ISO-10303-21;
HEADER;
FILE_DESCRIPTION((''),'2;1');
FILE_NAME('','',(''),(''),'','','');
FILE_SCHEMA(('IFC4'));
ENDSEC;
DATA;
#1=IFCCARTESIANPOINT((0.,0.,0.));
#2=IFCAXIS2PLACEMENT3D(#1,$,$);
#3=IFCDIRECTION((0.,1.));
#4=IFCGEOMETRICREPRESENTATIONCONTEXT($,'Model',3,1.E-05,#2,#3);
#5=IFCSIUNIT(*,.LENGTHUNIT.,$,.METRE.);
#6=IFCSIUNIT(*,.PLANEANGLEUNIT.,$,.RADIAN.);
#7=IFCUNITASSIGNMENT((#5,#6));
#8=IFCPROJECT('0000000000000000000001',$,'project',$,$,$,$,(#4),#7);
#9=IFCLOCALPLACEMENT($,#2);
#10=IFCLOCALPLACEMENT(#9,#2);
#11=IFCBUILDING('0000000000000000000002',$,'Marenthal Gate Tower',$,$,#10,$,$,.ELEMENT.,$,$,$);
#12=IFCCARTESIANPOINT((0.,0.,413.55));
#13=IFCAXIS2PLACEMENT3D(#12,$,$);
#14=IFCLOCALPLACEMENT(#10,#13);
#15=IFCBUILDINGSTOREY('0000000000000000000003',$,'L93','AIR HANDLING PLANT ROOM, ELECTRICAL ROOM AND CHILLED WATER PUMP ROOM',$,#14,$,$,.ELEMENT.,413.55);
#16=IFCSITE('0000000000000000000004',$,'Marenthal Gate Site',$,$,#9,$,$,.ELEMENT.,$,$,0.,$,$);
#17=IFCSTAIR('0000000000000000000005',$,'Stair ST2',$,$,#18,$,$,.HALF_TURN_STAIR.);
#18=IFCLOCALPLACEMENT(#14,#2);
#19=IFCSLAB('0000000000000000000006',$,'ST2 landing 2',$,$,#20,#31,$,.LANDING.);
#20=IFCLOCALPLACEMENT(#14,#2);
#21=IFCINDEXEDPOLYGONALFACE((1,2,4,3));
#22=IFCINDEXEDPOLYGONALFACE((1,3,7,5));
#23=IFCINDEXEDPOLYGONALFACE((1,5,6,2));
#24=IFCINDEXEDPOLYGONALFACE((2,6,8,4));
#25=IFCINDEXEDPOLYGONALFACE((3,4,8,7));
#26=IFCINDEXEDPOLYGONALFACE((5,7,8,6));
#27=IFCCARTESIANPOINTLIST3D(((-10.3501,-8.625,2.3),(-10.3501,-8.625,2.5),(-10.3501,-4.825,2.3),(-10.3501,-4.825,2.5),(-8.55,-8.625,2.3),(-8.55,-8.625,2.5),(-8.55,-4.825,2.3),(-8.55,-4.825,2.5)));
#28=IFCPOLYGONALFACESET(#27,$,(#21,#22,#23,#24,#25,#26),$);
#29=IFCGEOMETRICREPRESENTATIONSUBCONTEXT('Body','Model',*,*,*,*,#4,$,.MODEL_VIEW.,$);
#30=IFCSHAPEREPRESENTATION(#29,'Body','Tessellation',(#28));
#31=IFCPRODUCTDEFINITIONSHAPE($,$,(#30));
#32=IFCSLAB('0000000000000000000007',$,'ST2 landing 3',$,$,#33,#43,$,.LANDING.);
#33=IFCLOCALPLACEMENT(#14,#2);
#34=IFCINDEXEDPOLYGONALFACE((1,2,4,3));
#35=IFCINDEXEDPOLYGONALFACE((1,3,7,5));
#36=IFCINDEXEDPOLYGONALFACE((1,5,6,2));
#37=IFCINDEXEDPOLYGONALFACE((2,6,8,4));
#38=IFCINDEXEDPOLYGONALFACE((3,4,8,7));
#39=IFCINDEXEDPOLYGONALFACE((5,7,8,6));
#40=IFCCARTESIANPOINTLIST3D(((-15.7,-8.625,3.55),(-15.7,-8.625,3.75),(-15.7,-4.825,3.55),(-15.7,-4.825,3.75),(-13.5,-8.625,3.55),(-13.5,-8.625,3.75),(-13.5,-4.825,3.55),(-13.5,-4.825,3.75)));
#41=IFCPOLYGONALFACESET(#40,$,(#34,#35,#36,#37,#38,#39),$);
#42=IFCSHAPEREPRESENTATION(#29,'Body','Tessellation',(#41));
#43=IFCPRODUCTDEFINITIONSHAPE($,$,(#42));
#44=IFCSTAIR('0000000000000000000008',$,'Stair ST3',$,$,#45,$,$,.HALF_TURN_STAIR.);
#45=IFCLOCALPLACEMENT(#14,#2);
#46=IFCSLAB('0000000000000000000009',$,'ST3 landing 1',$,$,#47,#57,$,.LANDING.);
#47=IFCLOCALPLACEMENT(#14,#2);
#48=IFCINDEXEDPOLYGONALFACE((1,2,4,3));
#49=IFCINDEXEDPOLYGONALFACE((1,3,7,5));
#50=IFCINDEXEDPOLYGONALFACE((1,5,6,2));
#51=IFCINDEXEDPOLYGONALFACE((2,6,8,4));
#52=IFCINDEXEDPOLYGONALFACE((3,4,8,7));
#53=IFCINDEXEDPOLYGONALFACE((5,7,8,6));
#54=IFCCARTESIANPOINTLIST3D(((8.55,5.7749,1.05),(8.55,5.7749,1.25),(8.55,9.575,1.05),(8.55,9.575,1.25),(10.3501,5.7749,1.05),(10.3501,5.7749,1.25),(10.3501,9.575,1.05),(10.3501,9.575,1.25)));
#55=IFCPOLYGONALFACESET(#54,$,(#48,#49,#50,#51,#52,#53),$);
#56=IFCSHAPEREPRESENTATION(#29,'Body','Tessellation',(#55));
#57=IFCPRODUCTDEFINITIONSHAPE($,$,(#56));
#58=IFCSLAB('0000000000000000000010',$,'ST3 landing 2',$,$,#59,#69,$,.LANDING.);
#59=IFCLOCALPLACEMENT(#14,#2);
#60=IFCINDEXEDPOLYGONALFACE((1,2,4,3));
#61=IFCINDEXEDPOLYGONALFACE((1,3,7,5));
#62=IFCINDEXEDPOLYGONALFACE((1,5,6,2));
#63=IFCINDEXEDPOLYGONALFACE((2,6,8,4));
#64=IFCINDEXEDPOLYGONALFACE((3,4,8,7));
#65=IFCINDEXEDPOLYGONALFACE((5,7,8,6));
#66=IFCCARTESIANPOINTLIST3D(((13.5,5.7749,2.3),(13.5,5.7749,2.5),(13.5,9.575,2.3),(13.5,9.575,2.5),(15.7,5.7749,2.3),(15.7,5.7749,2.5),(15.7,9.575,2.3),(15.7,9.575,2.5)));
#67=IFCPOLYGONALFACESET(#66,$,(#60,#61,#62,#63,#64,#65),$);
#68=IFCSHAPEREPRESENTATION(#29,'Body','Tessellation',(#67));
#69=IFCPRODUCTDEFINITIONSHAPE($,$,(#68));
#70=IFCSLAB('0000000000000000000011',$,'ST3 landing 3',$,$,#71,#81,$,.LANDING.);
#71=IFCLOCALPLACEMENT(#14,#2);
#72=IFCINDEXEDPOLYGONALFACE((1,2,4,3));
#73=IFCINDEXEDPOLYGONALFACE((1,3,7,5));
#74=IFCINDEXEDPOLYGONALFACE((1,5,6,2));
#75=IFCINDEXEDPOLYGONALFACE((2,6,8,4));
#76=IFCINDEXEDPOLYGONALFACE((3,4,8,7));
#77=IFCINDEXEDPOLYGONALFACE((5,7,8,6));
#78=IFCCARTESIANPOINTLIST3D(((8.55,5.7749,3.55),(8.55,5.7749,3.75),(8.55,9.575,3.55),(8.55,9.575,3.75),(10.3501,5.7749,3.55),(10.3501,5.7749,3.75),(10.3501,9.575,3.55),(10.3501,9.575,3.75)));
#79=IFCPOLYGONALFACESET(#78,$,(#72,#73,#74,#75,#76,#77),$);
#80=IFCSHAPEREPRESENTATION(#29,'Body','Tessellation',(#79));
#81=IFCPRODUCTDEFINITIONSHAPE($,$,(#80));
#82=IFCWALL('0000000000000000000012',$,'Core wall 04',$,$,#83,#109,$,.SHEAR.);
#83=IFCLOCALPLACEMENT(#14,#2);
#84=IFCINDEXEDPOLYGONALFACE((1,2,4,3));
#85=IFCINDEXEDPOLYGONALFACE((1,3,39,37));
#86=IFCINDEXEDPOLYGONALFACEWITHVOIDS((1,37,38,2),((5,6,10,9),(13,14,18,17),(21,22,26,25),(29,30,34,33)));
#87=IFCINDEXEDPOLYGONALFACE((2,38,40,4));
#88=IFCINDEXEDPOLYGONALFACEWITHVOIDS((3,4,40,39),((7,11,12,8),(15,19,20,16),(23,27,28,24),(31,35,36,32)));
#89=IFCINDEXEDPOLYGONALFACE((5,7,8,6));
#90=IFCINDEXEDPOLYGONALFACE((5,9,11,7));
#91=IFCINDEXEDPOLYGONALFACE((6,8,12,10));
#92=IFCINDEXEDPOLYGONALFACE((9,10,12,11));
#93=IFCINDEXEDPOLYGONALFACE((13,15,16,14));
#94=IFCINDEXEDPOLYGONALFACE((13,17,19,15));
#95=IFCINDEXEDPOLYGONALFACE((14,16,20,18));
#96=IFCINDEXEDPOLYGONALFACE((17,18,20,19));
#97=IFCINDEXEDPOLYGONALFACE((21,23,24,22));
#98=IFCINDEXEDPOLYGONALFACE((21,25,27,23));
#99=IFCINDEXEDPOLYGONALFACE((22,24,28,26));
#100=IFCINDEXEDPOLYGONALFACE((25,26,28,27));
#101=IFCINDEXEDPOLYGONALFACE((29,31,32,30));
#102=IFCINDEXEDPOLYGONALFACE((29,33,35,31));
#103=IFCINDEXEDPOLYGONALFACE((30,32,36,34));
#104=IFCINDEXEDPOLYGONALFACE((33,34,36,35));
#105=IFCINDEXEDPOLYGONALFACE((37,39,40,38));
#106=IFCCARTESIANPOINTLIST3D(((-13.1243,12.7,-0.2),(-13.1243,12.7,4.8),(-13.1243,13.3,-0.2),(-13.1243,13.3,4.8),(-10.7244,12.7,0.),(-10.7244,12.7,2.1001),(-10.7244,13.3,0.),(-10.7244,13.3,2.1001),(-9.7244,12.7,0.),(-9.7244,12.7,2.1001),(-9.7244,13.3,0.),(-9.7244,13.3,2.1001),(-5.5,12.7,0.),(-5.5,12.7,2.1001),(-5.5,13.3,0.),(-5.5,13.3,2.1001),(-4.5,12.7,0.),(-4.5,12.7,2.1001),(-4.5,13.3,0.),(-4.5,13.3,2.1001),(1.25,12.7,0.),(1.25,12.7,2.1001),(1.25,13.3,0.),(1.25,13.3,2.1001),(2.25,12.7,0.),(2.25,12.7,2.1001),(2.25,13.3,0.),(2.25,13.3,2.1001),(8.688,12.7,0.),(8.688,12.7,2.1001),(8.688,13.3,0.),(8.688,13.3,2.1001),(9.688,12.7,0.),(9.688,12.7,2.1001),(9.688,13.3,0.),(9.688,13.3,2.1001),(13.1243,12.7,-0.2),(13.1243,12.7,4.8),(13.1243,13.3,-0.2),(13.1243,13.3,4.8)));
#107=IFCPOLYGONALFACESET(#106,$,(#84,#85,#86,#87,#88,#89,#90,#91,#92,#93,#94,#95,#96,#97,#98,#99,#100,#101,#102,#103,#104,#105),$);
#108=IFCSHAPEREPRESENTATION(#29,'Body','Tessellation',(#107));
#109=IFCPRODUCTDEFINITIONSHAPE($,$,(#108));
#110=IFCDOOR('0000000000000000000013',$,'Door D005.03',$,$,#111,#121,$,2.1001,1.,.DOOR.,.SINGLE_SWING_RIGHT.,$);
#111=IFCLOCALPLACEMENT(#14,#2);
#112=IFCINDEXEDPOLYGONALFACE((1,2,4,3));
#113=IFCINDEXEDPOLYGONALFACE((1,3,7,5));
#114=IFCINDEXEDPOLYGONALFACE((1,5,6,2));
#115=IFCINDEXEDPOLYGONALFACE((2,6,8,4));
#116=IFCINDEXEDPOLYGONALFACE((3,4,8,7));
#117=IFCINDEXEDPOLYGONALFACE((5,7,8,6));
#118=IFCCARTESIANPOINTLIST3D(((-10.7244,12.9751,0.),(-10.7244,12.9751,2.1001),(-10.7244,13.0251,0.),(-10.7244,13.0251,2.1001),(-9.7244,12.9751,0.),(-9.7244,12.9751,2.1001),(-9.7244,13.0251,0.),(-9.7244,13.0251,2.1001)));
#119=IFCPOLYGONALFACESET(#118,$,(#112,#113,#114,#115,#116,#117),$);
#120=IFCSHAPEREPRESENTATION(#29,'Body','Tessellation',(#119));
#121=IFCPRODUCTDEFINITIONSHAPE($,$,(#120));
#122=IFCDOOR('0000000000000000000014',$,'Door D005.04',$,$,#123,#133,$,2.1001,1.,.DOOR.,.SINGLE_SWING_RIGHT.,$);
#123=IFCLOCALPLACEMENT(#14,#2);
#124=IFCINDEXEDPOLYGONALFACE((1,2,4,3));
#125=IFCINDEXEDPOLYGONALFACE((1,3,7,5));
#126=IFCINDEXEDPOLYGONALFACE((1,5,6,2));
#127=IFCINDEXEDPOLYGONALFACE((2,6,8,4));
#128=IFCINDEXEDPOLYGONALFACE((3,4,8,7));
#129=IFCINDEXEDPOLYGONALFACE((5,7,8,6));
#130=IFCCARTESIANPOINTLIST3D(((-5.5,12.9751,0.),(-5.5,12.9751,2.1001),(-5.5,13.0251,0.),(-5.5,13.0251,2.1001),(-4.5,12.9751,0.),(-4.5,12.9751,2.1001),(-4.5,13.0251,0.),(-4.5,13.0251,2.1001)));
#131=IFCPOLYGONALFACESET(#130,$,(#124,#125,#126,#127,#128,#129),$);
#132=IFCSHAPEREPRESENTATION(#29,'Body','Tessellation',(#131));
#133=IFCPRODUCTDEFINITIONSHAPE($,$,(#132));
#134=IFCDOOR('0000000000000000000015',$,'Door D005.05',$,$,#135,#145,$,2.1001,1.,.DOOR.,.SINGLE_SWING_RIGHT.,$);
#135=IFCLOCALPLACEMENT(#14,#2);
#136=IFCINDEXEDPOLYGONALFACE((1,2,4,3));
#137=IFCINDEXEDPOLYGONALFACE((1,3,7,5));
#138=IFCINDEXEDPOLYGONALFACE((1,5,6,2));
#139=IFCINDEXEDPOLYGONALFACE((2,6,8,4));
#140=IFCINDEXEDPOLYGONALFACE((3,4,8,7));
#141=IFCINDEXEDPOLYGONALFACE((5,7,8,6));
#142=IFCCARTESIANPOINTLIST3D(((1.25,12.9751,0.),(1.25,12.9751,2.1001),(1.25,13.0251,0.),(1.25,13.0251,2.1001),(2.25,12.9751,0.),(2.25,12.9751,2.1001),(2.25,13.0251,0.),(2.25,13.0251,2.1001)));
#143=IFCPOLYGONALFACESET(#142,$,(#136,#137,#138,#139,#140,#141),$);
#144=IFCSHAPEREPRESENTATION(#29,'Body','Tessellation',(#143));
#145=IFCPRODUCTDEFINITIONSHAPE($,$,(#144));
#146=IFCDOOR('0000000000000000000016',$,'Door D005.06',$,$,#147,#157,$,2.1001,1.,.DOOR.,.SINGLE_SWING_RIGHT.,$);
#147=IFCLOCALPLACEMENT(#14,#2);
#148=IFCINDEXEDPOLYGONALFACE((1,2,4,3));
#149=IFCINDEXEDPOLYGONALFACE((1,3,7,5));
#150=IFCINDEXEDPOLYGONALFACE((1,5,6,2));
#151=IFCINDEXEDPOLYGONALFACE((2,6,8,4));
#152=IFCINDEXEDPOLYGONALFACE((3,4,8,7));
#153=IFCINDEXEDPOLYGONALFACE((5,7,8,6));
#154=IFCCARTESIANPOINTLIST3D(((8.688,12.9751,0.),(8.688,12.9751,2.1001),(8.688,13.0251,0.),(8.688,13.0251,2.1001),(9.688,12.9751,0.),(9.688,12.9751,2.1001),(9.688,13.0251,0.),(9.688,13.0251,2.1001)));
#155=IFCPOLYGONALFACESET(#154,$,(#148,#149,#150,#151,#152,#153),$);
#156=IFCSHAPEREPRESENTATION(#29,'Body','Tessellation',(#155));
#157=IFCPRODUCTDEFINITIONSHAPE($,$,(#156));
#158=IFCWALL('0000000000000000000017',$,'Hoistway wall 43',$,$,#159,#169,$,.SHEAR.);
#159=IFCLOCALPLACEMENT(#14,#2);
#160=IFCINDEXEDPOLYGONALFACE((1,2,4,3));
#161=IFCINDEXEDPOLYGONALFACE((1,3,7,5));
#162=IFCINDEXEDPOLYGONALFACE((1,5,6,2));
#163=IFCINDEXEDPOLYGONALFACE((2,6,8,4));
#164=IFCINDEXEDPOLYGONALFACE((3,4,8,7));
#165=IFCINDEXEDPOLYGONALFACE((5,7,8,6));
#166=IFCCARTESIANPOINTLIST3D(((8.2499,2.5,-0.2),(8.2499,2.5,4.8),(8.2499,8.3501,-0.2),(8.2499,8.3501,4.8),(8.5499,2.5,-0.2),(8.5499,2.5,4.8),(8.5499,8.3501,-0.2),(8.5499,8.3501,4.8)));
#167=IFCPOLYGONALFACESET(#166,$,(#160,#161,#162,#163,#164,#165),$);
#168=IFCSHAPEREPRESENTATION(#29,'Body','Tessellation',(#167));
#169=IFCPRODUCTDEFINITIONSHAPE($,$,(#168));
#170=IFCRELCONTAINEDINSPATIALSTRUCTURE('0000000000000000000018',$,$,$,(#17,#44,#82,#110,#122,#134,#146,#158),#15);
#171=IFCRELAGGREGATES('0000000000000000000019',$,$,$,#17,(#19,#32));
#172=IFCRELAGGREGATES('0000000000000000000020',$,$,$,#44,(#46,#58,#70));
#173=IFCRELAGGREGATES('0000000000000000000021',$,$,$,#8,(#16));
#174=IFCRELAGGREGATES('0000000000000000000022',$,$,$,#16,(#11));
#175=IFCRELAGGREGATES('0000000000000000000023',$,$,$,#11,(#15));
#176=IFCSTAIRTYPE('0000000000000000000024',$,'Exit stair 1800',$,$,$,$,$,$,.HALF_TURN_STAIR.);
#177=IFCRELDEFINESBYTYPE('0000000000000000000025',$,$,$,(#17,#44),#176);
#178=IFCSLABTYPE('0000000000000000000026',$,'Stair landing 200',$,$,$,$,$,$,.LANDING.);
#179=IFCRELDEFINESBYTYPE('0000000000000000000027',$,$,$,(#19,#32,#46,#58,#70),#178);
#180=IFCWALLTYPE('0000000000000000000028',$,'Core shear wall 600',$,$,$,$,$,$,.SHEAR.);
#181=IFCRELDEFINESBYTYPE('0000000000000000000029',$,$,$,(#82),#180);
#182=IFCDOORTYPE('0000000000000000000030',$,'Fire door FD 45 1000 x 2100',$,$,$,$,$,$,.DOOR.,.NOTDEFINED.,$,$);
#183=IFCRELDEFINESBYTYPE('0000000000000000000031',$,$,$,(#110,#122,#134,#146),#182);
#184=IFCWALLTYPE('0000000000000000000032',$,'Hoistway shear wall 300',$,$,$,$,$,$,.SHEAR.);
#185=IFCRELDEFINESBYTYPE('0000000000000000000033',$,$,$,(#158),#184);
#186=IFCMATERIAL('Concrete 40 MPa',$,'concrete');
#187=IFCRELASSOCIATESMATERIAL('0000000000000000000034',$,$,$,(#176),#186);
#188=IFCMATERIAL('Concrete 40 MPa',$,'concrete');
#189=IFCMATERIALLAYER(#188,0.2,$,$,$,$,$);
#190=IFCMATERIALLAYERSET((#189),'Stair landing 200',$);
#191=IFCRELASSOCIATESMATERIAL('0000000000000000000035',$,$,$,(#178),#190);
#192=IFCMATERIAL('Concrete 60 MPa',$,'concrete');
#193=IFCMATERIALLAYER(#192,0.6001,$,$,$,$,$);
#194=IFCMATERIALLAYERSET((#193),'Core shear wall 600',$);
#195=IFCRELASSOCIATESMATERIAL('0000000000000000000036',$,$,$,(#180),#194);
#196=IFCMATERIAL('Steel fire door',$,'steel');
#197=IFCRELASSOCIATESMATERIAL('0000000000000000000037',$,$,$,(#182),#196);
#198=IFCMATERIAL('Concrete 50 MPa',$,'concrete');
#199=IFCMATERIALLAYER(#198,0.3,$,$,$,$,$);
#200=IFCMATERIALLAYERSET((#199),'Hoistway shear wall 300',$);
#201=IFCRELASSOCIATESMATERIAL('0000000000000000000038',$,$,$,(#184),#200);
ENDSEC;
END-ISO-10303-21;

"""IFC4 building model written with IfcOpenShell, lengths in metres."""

from ifc_helpers import new_model, si_unit, direction, frame, frame_2d, origin, place, context, subcontext, project, spatial, polyline, rectangle, outline, extrude, material, layer, layer_set, type_object, element, fill, aggregate, save


model = new_model("IFC4")

# Units and contexts
model_context = context("Model", 3, precision=1e-05, world=origin(), true_north=direction((0.0, 1.0)))
body_context = subcontext(model_context, "Body", "Model", "MODEL_VIEW")
ifc_project = project(units=[si_unit("LENGTHUNIT", "METRE"), si_unit("PLANEANGLEUNIT", "RADIAN")], contexts=[model_context])

# Site, building, storey
site_placement = place(None, origin())
site = spatial("IfcSite", under=ifc_project, at=site_placement, Name="Marenthal Gate Site", CompositionType="ELEMENT", RefElevation=0.0)
building_placement = place(site_placement, origin())
building = spatial("IfcBuilding", under=site, at=building_placement, Name="Marenthal Gate Tower", CompositionType="ELEMENT")
storey_placement = place(building_placement, frame((0.0, 0.0, 413.55)))
storey = spatial("IfcBuildingStorey", under=building, at=storey_placement, Name="L93", Description="AIR HANDLING PLANT ROOM, ELECTRICAL ROOM AND CHILLED WATER PUMP ROOM", CompositionType="ELEMENT", Elevation=413.55)

# Stairs, slabs
ifc_material_1 = material(Name="Concrete 40 MPa", Category="concrete")
stair_type = type_object("IfcStairType", Name="Exit stair 1800", PredefinedType="HALF_TURN_STAIR", material=ifc_material_1)
stair_1_placement = place(storey_placement, origin())
stair_1 = element("IfcStair", 1, at=stair_1_placement, inside=storey, type_object=stair_type, Name="Stair ST2", PredefinedType="HALF_TURN_STAIR")
ifc_material_2 = material(Name="Concrete 40 MPa", Category="concrete")
ifc_layer_1 = layer(ifc_material_2, 0.2)
ifc_layer_set_1 = layer_set([ifc_layer_1], Name="Stair landing 200")
slab_type = type_object("IfcSlabType", Name="Stair landing 200", PredefinedType="LANDING", material=ifc_layer_set_1)
slab_1_placement = place(storey_placement, frame((0.0, 0.0, 2.3)))
slab_1 = element("IfcSlab", 2, at=slab_1_placement, type_object=slab_type, Name="ST2 landing 2", PredefinedType="LANDING", context=body_context, shape_type="SweptSolid", body=[
    extrude(outline(polyline([(-10.3501, -8.625), (-8.55, -8.625), (-8.55, -4.825), (-10.3501, -4.825), (-10.3501, -8.625)])), origin(), (0.0, 0.0, 1.0), 0.2),
])
slab_2_placement = place(storey_placement, frame((0.0, 0.0, 3.55)))
slab_2 = element("IfcSlab", 3, at=slab_2_placement, type_object=slab_type, Name="ST2 landing 3", PredefinedType="LANDING", context=body_context, shape_type="SweptSolid", body=[
    extrude(outline(polyline([(-15.7, -8.625), (-13.5, -8.625), (-13.5, -4.825), (-15.7, -4.825), (-15.7, -8.625)])), origin(), (0.0, 0.0, 1.0), 0.2),
])
aggregate(stair_1, [slab_1, slab_2])
stair_2_placement = place(storey_placement, origin())
stair_2 = element("IfcStair", 4, at=stair_2_placement, inside=storey, type_object=stair_type, Name="Stair ST3", PredefinedType="HALF_TURN_STAIR")
slab_3_placement = place(storey_placement, frame((0.0, 0.0, 1.05)))
slab_3 = element("IfcSlab", 5, at=slab_3_placement, type_object=slab_type, Name="ST3 landing 1", PredefinedType="LANDING", context=body_context, shape_type="SweptSolid", body=[
    extrude(outline(polyline([(8.55, 5.7749), (10.3501, 5.7749), (10.3501, 9.575), (8.55, 9.575), (8.55, 5.7749)])), origin(), (0.0, 0.0, 1.0), 0.2),
])
slab_4_placement = place(storey_placement, frame((0.0, 0.0, 2.3)))
slab_4 = element("IfcSlab", 6, at=slab_4_placement, type_object=slab_type, Name="ST3 landing 2", PredefinedType="LANDING", context=body_context, shape_type="SweptSolid", body=[
    extrude(outline(polyline([(13.5, 5.7749), (15.7, 5.7749), (15.7, 9.575), (13.5, 9.575), (13.5, 5.7749)])), origin(), (0.0, 0.0, 1.0), 0.2),
])
slab_5_placement = place(storey_placement, frame((0.0, 0.0, 3.55)))
slab_5 = element("IfcSlab", 7, at=slab_5_placement, type_object=slab_type, Name="ST3 landing 3", PredefinedType="LANDING", context=body_context, shape_type="SweptSolid", body=[
    extrude(outline(polyline([(8.55, 5.7749), (10.3501, 5.7749), (10.3501, 9.575), (8.55, 9.575), (8.55, 5.7749)])), origin(), (0.0, 0.0, 1.0), 0.2),
])

# Wall, openings, doors
ifc_material_3 = material(Name="Concrete 60 MPa", Category="concrete")
ifc_layer_2 = layer(ifc_material_3, 0.6001)
ifc_layer_set_2 = layer_set([ifc_layer_2], Name="Core shear wall 600")
wall_type_1 = type_object("IfcWallType", Name="Core shear wall 600", PredefinedType="SHEAR", material=ifc_layer_set_2)
wall_1_placement = place(storey_placement, frame((13.1243, 13.0, -0.2), z_axis=(0.0, 0.0, 1.0), x_axis=(-1.0, 0.0, 0.0)))
wall_1 = element("IfcWall", 8, at=wall_1_placement, inside=storey, type_object=wall_type_1, Name="Core wall 04", PredefinedType="SHEAR", context=body_context, shape_type="SweptSolid", body=[
    extrude(rectangle(XDim=26.2485, YDim=0.6001, at=frame_2d((13.1243, 0.0))), origin(), (0.0, 0.0, 1.0), 5.0),
])
opening_1_placement = place(wall_1_placement, frame((22.8486, 0.0, 0.2)))
opening_1 = element("IfcOpeningElement", 9, at=opening_1_placement, cuts=wall_1, PredefinedType="OPENING", context=body_context, shape_type="SweptSolid", body=[
    extrude(rectangle(XDim=1.0, YDim=2.1001, at=frame_2d((0.5, 1.05))), frame((0.0, 0.3101, 0.0), z_axis=(0.0, -1.0, 0.0), x_axis=(1.0, 0.0, 0.0)), (0.0, 0.0, 1.0), 0.6201),
])
opening_2_placement = place(wall_1_placement, frame((17.6243, 0.0, 0.2)))
opening_2 = element("IfcOpeningElement", 10, at=opening_2_placement, cuts=wall_1, PredefinedType="OPENING", context=body_context, shape_type="SweptSolid", body=[
    extrude(rectangle(XDim=1.0, YDim=2.1001, at=frame_2d((0.5, 1.05))), frame((0.0, 0.3101, 0.0), z_axis=(0.0, -1.0, 0.0), x_axis=(1.0, 0.0, 0.0)), (0.0, 0.0, 1.0), 0.6201),
])
opening_3_placement = place(wall_1_placement, frame((10.8743, 0.0, 0.2)))
opening_3 = element("IfcOpeningElement", 11, at=opening_3_placement, cuts=wall_1, PredefinedType="OPENING", context=body_context, shape_type="SweptSolid", body=[
    extrude(rectangle(XDim=1.0, YDim=2.1001, at=frame_2d((0.5, 1.05))), frame((0.0, 0.3101, 0.0), z_axis=(0.0, -1.0, 0.0), x_axis=(1.0, 0.0, 0.0)), (0.0, 0.0, 1.0), 0.6201),
])
opening_4_placement = place(wall_1_placement, frame((3.4363, 0.0, 0.2)))
opening_4 = element("IfcOpeningElement", 12, at=opening_4_placement, cuts=wall_1, PredefinedType="OPENING", context=body_context, shape_type="SweptSolid", body=[
    extrude(rectangle(XDim=1.0, YDim=2.1001, at=frame_2d((0.5, 1.05))), frame((0.0, 0.3101, 0.0), z_axis=(0.0, -1.0, 0.0), x_axis=(1.0, 0.0, 0.0)), (0.0, 0.0, 1.0), 0.6201),
])
ifc_material_4 = material(Name="Steel fire door", Category="steel")
door_type_1 = type_object("IfcDoorType", Name="Fire door FD 45 1000 x 2100", OperationType="NOTDEFINED", PredefinedType="DOOR", material=ifc_material_4)
door_1_placement = place(opening_1_placement, origin())
door_1 = element("IfcDoor", 13, at=door_1_placement, inside=storey, type_object=door_type_1, Name="Door D005.03", OperationType="SINGLE_SWING_RIGHT", OverallHeight=2.1001, OverallWidth=1.0, PredefinedType="DOOR", context=body_context, shape_type="SweptSolid", body=[
    extrude(rectangle(XDim=1.0, YDim=2.1001, at=frame_2d((0.5, 1.05))), frame((0.0, 0.0249, 0.0), z_axis=(0.0, -1.0, 0.0), x_axis=(1.0, 0.0, 0.0)), (0.0, 0.0, 1.0), 0.05),
])
fill(opening_1, door_1)
door_2_placement = place(opening_2_placement, origin())
door_2 = element("IfcDoor", 14, at=door_2_placement, inside=storey, type_object=door_type_1, Name="Door D005.04", OperationType="SINGLE_SWING_RIGHT", OverallHeight=2.1001, OverallWidth=1.0, PredefinedType="DOOR", context=body_context, shape_type="SweptSolid", body=[
    extrude(rectangle(XDim=1.0, YDim=2.1001, at=frame_2d((0.5, 1.05))), frame((0.0, 0.0249, 0.0), z_axis=(0.0, -1.0, 0.0), x_axis=(1.0, 0.0, 0.0)), (0.0, 0.0, 1.0), 0.05),
])
fill(opening_2, door_2)
door_3_placement = place(opening_3_placement, origin())
door_3 = element("IfcDoor", 15, at=door_3_placement, inside=storey, type_object=door_type_1, Name="Door D005.05", OperationType="SINGLE_SWING_RIGHT", OverallHeight=2.1001, OverallWidth=1.0, PredefinedType="DOOR", context=body_context, shape_type="SweptSolid", body=[
    extrude(rectangle(XDim=1.0, YDim=2.1001, at=frame_2d((0.5, 1.05))), frame((0.0, 0.0249, 0.0), z_axis=(0.0, -1.0, 0.0), x_axis=(1.0, 0.0, 0.0)), (0.0, 0.0, 1.0), 0.05),
])
fill(opening_3, door_3)
door_4_placement = place(opening_4_placement, origin())
door_4 = element("IfcDoor", 16, at=door_4_placement, inside=storey, type_object=door_type_1, Name="Door D005.06", OperationType="SINGLE_SWING_RIGHT", OverallHeight=2.1001, OverallWidth=1.0, PredefinedType="DOOR", context=body_context, shape_type="SweptSolid", body=[
    extrude(rectangle(XDim=1.0, YDim=2.1001, at=frame_2d((0.5, 1.05))), frame((0.0, 0.0249, 0.0), z_axis=(0.0, -1.0, 0.0), x_axis=(1.0, 0.0, 0.0)), (0.0, 0.0, 1.0), 0.05),
])
fill(opening_4, door_4)

# Wall
ifc_material_5 = material(Name="Concrete 50 MPa", Category="concrete")
ifc_layer_3 = layer(ifc_material_5, 0.3)
ifc_layer_set_3 = layer_set([ifc_layer_3], Name="Hoistway shear wall 300")
wall_type_2 = type_object("IfcWallType", Name="Hoistway shear wall 300", PredefinedType="SHEAR", material=ifc_layer_set_3)
wall_2_placement = place(storey_placement, frame((8.3999, 2.5, -0.2), z_axis=(0.0, 0.0, 1.0), x_axis=(0.0, 1.0, 0.0)))
element("IfcWall", 17, at=wall_2_placement, inside=storey, type_object=wall_type_2, Name="Hoistway wall 43", PredefinedType="SHEAR", context=body_context, shape_type="SweptSolid", body=[
    extrude(rectangle(XDim=5.8501, YDim=0.3, at=frame_2d((2.925, 0.0))), origin(), (0.0, 0.0, 1.0), 5.0),
])

aggregate(stair_2, [slab_3, slab_4, slab_5])

save(model, "model.ifc")
